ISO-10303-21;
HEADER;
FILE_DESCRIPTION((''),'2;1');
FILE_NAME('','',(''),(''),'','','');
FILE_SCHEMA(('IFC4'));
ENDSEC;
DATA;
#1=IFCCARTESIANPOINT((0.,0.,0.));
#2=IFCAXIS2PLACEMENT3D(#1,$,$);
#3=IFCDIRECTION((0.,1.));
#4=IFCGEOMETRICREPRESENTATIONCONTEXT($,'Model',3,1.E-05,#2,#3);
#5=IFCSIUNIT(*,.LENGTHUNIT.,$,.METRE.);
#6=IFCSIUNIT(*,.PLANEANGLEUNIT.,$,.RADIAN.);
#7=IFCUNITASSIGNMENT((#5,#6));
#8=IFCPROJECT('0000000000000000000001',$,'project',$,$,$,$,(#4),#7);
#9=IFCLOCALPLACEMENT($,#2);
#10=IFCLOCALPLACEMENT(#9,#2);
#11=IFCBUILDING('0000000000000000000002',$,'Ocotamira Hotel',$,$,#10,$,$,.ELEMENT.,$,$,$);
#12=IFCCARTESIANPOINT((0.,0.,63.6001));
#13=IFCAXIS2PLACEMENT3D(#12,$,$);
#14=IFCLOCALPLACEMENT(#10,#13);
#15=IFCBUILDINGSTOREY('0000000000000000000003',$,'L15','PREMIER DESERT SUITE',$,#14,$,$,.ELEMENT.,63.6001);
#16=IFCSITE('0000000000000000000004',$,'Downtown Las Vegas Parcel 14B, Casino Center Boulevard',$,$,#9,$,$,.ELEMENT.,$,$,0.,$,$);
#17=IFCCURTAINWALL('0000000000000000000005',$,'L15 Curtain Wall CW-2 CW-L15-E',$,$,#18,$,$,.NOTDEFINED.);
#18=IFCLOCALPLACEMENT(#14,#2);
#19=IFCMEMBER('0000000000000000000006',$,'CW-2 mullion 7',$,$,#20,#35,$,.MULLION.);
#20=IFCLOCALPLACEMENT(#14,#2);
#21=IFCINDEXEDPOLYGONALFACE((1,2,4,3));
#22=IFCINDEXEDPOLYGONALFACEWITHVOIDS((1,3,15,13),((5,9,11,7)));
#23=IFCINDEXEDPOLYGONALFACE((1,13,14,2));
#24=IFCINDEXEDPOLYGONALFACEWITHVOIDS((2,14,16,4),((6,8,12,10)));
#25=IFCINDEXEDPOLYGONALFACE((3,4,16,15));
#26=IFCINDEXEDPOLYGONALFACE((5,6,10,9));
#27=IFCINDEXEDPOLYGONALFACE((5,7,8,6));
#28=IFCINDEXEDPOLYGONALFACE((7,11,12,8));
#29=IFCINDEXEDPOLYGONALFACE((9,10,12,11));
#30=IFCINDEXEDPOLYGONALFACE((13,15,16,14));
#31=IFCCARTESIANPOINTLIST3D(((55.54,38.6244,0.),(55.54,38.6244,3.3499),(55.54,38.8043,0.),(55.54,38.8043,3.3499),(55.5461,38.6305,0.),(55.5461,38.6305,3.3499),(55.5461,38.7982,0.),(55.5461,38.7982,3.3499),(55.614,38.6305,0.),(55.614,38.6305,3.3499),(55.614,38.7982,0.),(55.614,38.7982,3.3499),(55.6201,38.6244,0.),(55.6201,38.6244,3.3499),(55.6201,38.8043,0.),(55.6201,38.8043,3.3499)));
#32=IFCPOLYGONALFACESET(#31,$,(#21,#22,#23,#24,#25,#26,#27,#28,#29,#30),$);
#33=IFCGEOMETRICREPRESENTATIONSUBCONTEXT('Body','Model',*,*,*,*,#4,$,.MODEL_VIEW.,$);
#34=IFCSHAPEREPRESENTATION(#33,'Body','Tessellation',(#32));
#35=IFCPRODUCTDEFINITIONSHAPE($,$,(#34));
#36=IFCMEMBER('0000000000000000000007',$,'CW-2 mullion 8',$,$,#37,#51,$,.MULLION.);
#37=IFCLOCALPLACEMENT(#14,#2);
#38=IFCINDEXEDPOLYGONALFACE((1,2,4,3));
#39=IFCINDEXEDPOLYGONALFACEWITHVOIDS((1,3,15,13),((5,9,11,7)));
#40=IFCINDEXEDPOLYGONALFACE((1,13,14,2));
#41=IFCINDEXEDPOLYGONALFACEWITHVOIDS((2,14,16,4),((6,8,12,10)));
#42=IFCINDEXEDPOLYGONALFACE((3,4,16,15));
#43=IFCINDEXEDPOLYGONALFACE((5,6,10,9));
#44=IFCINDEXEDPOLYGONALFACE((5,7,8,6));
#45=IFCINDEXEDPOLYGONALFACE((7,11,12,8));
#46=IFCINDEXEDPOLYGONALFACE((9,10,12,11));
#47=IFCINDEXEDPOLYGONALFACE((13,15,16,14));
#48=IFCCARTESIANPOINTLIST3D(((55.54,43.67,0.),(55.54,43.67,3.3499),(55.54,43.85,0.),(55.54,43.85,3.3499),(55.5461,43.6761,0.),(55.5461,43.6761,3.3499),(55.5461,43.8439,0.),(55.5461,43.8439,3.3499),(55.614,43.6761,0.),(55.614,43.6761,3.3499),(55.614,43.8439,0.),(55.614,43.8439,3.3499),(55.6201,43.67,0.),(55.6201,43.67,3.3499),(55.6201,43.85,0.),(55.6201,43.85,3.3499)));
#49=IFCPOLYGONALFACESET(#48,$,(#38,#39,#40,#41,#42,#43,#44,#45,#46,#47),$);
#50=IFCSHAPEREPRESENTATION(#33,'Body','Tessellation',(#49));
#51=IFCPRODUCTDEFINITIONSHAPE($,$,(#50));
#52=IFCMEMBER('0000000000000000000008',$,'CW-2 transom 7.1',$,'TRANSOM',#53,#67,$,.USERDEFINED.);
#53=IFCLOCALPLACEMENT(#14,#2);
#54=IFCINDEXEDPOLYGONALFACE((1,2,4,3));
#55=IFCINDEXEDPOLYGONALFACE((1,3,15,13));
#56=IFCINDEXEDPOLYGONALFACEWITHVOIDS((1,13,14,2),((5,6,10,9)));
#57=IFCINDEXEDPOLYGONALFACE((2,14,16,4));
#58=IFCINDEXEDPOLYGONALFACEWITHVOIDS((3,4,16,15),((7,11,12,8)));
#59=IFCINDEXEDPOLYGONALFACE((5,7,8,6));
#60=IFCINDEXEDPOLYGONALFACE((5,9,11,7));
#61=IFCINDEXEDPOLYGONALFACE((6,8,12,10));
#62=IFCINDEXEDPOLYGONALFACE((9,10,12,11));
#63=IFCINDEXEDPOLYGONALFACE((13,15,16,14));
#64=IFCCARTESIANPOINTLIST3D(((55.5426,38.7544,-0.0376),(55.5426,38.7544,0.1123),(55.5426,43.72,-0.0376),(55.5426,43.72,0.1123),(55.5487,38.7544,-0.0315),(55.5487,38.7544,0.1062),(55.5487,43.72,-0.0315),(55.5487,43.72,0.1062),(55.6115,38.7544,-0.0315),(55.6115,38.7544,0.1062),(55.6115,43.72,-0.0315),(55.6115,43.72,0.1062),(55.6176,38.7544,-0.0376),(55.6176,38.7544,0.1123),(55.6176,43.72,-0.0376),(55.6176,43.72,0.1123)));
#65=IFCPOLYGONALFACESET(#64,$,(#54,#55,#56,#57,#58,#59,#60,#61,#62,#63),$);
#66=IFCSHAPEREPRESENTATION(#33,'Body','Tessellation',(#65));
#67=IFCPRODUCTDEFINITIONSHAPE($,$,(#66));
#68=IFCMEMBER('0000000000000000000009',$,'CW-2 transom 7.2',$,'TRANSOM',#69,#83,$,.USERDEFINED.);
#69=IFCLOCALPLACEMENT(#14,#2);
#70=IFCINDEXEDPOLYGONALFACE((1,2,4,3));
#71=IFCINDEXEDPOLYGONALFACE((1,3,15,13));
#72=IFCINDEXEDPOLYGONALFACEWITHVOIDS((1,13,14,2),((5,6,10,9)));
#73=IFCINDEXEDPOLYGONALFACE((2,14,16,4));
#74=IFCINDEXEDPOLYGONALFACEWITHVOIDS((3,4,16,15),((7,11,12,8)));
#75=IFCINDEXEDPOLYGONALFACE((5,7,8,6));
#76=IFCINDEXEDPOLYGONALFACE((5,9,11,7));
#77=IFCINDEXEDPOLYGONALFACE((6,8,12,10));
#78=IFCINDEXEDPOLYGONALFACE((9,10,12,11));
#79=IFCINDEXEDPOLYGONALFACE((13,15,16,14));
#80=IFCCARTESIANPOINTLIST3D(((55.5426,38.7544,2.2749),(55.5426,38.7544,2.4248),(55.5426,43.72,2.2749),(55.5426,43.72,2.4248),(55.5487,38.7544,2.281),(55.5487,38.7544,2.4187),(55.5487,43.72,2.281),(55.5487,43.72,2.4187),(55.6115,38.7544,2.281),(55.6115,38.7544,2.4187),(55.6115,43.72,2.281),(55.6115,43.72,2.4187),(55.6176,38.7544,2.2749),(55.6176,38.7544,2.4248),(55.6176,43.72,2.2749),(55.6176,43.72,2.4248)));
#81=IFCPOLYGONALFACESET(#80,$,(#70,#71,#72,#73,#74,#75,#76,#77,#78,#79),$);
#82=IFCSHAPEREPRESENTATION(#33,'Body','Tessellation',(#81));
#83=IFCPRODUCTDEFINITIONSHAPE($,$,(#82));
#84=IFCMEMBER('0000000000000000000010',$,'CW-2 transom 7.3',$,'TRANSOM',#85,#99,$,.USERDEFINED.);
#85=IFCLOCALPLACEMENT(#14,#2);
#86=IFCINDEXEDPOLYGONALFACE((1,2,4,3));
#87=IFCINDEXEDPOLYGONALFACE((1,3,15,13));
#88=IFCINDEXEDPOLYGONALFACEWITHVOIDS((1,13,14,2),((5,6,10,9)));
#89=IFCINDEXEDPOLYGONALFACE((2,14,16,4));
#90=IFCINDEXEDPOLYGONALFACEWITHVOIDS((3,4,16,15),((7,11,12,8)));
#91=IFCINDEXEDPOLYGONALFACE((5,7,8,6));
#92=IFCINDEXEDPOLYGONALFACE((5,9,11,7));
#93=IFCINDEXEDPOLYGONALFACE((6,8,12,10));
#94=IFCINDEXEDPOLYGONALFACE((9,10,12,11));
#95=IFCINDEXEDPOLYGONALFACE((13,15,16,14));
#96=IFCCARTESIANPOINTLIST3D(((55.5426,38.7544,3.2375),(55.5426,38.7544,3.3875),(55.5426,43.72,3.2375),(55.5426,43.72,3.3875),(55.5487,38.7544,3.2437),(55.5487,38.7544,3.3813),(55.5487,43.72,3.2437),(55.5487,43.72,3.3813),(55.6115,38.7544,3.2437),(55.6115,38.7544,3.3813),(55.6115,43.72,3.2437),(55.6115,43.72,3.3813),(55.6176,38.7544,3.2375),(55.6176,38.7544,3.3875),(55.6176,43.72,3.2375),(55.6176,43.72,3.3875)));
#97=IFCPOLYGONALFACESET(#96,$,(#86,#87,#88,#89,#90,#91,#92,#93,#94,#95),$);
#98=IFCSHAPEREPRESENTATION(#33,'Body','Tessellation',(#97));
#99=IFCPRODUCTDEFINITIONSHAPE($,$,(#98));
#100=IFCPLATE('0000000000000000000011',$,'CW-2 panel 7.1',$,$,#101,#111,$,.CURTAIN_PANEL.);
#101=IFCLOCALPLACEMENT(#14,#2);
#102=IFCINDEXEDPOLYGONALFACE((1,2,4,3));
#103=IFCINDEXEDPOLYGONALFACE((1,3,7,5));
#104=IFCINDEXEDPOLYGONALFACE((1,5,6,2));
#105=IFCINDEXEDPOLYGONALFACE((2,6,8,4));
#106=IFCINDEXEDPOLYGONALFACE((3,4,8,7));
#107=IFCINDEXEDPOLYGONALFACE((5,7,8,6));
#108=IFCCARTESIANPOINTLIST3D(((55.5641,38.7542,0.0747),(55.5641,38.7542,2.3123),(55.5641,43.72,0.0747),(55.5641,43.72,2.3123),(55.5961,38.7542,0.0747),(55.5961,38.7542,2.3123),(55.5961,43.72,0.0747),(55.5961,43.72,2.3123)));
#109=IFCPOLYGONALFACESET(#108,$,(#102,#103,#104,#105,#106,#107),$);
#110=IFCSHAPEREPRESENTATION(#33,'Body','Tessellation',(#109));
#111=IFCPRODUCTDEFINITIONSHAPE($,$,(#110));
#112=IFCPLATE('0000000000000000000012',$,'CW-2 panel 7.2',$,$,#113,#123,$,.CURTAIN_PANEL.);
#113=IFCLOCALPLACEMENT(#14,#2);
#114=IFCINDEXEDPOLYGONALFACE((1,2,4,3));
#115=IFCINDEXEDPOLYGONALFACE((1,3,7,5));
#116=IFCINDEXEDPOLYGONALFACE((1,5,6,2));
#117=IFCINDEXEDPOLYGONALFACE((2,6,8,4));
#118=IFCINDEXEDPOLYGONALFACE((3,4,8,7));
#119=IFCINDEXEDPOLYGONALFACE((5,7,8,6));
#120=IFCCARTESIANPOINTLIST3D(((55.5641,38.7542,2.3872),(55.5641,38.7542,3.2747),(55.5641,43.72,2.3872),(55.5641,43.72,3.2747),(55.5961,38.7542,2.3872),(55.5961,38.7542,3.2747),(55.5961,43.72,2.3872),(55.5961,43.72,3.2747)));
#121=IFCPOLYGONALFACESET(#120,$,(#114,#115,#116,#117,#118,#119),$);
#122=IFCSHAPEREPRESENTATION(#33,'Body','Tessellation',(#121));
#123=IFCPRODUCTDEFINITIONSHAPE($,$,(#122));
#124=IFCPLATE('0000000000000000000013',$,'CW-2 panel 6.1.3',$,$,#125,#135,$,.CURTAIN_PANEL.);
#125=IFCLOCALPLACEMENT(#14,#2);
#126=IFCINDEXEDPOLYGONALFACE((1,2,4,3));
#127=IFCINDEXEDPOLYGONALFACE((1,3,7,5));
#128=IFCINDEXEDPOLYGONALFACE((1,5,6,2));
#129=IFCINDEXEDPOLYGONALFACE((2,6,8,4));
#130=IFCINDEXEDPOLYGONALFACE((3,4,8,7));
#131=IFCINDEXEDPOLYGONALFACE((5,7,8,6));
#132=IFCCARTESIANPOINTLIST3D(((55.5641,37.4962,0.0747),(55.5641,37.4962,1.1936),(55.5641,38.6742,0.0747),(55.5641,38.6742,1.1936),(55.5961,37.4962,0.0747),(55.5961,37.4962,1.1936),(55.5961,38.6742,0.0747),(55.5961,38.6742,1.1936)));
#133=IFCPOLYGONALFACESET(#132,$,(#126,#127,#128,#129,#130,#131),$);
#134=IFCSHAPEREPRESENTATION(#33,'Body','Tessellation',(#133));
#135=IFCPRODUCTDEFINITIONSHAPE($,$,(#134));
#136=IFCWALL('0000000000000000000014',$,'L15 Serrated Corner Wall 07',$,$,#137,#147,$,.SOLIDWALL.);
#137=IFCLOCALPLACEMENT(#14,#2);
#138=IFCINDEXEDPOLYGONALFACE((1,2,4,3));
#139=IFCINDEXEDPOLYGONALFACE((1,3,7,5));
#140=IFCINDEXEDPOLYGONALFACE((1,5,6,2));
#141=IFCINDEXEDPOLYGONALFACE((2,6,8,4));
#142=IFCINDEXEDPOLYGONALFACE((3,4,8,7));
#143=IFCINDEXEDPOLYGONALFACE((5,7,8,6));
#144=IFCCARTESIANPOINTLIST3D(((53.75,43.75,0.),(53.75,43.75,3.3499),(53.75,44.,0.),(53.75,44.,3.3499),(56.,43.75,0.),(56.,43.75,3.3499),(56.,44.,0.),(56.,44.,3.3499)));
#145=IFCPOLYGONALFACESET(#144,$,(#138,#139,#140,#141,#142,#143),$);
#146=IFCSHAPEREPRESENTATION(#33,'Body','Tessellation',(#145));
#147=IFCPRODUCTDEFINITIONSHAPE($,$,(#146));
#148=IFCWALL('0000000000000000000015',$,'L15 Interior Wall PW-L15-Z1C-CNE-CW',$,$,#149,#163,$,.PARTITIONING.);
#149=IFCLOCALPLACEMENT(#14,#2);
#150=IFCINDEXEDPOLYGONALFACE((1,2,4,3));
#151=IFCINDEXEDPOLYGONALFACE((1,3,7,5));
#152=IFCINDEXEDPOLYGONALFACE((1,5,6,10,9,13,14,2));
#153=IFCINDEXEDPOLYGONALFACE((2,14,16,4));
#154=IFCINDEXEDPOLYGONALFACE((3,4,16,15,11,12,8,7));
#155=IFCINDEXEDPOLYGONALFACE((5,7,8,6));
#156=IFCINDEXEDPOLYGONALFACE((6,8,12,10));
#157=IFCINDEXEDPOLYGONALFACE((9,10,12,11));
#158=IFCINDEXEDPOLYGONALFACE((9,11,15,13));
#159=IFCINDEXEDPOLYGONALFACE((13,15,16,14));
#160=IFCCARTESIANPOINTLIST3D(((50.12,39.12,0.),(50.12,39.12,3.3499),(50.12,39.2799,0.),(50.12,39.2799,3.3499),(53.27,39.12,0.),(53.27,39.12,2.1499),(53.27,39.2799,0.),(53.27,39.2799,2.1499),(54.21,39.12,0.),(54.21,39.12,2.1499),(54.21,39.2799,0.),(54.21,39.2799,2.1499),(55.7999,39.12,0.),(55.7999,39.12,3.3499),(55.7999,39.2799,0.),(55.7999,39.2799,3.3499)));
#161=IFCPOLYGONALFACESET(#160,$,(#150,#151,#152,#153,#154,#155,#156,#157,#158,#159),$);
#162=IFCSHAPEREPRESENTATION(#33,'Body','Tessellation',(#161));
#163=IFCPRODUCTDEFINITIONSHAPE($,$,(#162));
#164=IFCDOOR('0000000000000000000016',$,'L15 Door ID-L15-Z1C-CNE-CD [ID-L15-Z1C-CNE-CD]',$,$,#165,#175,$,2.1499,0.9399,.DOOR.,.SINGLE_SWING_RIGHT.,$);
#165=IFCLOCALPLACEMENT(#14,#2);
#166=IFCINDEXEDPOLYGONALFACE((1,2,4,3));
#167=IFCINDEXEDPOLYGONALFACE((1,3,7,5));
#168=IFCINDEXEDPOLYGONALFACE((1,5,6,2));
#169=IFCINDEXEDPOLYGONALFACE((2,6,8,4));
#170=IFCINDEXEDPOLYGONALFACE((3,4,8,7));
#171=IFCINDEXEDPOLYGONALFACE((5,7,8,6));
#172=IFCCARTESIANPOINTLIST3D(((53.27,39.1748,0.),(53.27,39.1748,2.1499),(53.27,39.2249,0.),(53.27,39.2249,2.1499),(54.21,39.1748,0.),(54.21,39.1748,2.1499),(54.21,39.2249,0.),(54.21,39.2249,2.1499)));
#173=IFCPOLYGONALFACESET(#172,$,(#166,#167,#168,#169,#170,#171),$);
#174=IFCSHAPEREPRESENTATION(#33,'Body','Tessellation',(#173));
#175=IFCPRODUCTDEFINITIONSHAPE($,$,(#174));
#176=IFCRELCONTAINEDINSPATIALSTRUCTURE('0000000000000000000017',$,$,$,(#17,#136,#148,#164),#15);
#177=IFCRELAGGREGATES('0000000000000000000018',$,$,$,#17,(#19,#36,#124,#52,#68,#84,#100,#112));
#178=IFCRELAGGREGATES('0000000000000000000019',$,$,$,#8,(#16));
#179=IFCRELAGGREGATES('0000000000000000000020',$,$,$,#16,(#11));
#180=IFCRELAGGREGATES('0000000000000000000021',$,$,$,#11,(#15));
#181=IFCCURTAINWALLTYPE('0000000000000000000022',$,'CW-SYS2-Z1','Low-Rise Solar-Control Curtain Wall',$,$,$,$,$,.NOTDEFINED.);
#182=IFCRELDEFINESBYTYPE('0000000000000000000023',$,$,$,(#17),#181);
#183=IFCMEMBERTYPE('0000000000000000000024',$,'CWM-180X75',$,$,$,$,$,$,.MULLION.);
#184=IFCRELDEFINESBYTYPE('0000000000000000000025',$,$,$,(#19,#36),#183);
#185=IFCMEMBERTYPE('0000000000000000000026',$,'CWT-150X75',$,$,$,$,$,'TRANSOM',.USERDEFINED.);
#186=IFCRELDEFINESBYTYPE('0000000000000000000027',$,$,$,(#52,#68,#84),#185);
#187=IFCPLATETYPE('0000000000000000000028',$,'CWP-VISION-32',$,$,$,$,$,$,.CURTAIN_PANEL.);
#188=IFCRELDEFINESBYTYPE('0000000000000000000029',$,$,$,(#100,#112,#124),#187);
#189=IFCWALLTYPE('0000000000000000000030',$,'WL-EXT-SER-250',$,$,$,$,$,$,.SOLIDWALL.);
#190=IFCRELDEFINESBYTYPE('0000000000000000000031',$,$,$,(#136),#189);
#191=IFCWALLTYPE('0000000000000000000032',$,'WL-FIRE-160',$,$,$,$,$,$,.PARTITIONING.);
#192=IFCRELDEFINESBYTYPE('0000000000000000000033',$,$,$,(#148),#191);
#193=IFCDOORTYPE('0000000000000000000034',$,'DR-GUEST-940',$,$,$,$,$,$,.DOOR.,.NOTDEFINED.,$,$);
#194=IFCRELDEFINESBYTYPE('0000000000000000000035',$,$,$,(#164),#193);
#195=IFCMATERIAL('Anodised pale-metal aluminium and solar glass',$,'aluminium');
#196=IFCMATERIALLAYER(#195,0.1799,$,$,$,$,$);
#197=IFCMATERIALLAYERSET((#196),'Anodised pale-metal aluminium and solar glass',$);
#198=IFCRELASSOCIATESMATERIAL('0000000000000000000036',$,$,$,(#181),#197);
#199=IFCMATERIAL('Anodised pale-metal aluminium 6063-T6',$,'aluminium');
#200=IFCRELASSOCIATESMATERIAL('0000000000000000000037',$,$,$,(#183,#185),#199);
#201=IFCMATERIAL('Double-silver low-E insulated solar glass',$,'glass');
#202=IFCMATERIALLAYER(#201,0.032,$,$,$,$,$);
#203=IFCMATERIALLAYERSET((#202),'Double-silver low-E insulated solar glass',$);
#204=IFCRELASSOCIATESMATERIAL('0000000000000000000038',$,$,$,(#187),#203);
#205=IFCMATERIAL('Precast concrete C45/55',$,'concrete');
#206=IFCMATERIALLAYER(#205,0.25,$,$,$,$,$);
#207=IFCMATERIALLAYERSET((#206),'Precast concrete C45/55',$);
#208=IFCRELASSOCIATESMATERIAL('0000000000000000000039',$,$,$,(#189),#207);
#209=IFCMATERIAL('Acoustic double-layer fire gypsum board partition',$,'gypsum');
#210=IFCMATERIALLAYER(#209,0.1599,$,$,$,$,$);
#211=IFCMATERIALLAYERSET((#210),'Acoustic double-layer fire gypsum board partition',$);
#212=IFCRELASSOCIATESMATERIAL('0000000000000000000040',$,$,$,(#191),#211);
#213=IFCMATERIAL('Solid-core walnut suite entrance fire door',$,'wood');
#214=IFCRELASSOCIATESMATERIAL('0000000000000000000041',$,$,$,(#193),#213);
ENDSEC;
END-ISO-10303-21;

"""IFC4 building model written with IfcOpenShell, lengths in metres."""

from ifc_helpers import new_model, si_unit, direction, frame, frame_2d, origin, origin_2d, place, context, subcontext, project, spatial, rectangle, hollow_rectangle, extrude, source, transform, mapped, material, layer, layer_set, material_profile, profile_set, type_object, element, fill, aggregate, save


model = new_model("IFC4")

# Units and contexts
model_context = context("Model", 3, precision=1e-05, world=origin(), true_north=direction((0.0, 1.0)))
body_context = subcontext(model_context, "Body", "Model", "MODEL_VIEW")
ifc_project = project(units=[si_unit("LENGTHUNIT", "METRE"), si_unit("PLANEANGLEUNIT", "RADIAN")], contexts=[model_context])

# Site, building, storey
site_placement = place(None, origin())
site = spatial("IfcSite", under=ifc_project, at=site_placement, Name="Downtown Las Vegas Parcel 14B, Casino Center Boulevard", CompositionType="ELEMENT", RefElevation=0.0)
building_placement = place(site_placement, origin())
building = spatial("IfcBuilding", under=site, at=building_placement, Name="Ocotamira Hotel", CompositionType="ELEMENT")
storey_placement = place(building_placement, frame((0.0, 0.0, 63.6001)))
storey = spatial("IfcBuildingStorey", under=building, at=storey_placement, Name="L15", Description="PREMIER DESERT SUITE", CompositionType="ELEMENT", Elevation=63.6001)

# Curtain wall, members, plates
ifc_material_1 = material(Name="Anodised pale-metal aluminium and solar glass", Category="aluminium")
ifc_layer_1 = layer(ifc_material_1, 0.1799)
ifc_layer_set_1 = layer_set([ifc_layer_1], Name="Anodised pale-metal aluminium and solar glass")
curtain_wall_type = type_object("IfcCurtainWallType", Name="CW-SYS2-Z1", Description="Low-Rise Solar-Control Curtain Wall", PredefinedType="NOTDEFINED", material=ifc_layer_set_1)
curtain_wall_placement = place(storey_placement, origin())
curtain_wall = element("IfcCurtainWall", 1, at=curtain_wall_placement, inside=storey, type_object=curtain_wall_type, Name="L15 Curtain Wall CW-2 CW-L15-E", PredefinedType="NOTDEFINED")
ifc_material_2 = material(Name="Anodised pale-metal aluminium 6063-T6", Category="aluminium")
ifc_material_profile_1 = material_profile(ifc_material_2, hollow_rectangle(XDim=0.0801, YDim=0.1799, WallThickness=0.0061, at=origin_2d()), Name="HSS180X80X6")
ifc_profile_set_1 = profile_set([ifc_material_profile_1], Name="Anodised pale-metal aluminium 6063-T6")
member_type_1 = type_object("IfcMemberType", Name="CWM-180X75", PredefinedType="MULLION", material=ifc_profile_set_1)
shared_shape_1 = source(origin(), body_context, "Body", "SweptSolid", [
    extrude(hollow_rectangle(XDim=0.0801, YDim=0.1799, WallThickness=0.0061, at=origin_2d()), origin(), (0.0, 0.0, 1.0), 3.3499),
])
member_1_placement = place(storey_placement, frame((55.5801, 38.7144, 0.0), z_axis=(0.0, 0.0, 1.0), x_axis=(-1.0, 0.0, 0.0)))
member_1 = element("IfcMember", 2, at=member_1_placement, type_object=member_type_1, Name="CW-2 mullion 7", PredefinedType="MULLION", context=body_context, shape_type="MappedRepresentation", body=[
    mapped(shared_shape_1, transform((0.0, 0.0, 0.0), scale=1.0)),
])
member_2_placement = place(storey_placement, frame((55.5801, 43.76, 0.0), z_axis=(0.0, 0.0, 1.0), x_axis=(-1.0, 0.0, 0.0)))
member_2 = element("IfcMember", 3, at=member_2_placement, type_object=member_type_1, Name="CW-2 mullion 8", PredefinedType="MULLION", context=body_context, shape_type="MappedRepresentation", body=[
    mapped(shared_shape_1, transform((0.0, 0.0, 0.0), scale=1.0)),
])
ifc_material_profile_2 = material_profile(ifc_material_2, hollow_rectangle(XDim=0.075, YDim=0.1499, WallThickness=0.0061, at=origin_2d()), Name="HSS150X75X6")
ifc_profile_set_2 = profile_set([ifc_material_profile_2], Name="Anodised pale-metal aluminium 6063-T6")
member_type_2 = type_object("IfcMemberType", Name="CWT-150X75", ElementType="TRANSOM", PredefinedType="USERDEFINED", material=ifc_profile_set_2)
shared_shape_2 = source(origin(), body_context, "Body", "SweptSolid", [
    extrude(hollow_rectangle(XDim=0.075, YDim=0.1499, WallThickness=0.0061, at=origin_2d()), origin(), (0.0, 0.0, 1.0), 4.9656),
])
member_3_placement = place(storey_placement, frame((55.5801, 38.7544, 0.0374), z_axis=(0.0, 1.0, 0.0), x_axis=(-1.0, 0.0, 0.0)))
member_3 = element("IfcMember", 4, at=member_3_placement, type_object=member_type_2, Name="CW-2 transom 7.1", ObjectType="TRANSOM", PredefinedType="USERDEFINED", context=body_context, shape_type="MappedRepresentation", body=[
    mapped(shared_shape_2, transform((0.0, 0.0, 0.0), scale=1.0)),
])
member_4_placement = place(storey_placement, frame((55.5801, 38.7544, 2.3499), z_axis=(0.0, 1.0, 0.0), x_axis=(-1.0, 0.0, 0.0)))
member_4 = element("IfcMember", 5, at=member_4_placement, type_object=member_type_2, Name="CW-2 transom 7.2", ObjectType="TRANSOM", PredefinedType="USERDEFINED", context=body_context, shape_type="MappedRepresentation", body=[
    mapped(shared_shape_2, transform((0.0, 0.0, 0.0), scale=1.0)),
])
member_5_placement = place(storey_placement, frame((55.5801, 38.7544, 3.3125), z_axis=(0.0, 1.0, 0.0), x_axis=(-1.0, 0.0, 0.0)))
member_5 = element("IfcMember", 6, at=member_5_placement, type_object=member_type_2, Name="CW-2 transom 7.3", ObjectType="TRANSOM", PredefinedType="USERDEFINED", context=body_context, shape_type="MappedRepresentation", body=[
    mapped(shared_shape_2, transform((0.0, 0.0, 0.0), scale=1.0)),
])
ifc_material_3 = material(Name="Double-silver low-E insulated solar glass", Category="glass")
ifc_layer_2 = layer(ifc_material_3, 0.032)
ifc_layer_set_2 = layer_set([ifc_layer_2], Name="Double-silver low-E insulated solar glass")
plate_type = type_object("IfcPlateType", Name="CWP-VISION-32", PredefinedType="CURTAIN_PANEL", material=ifc_layer_set_2)
shared_shape_3 = source(origin(), body_context, "Body", "SweptSolid", [
    extrude(rectangle(XDim=4.9658, YDim=0.032, at=origin_2d()), origin(), (0.0, 0.0, 1.0), 2.2375),
])
plate_1_placement = place(storey_placement, frame((55.5801, 41.2371, 0.0747), z_axis=(0.0, 0.0, 1.0), x_axis=(0.0, 1.0, 0.0)))
plate_1 = element("IfcPlate", 7, at=plate_1_placement, type_object=plate_type, Name="CW-2 panel 7.1", PredefinedType="CURTAIN_PANEL", context=body_context, shape_type="MappedRepresentation", body=[
    mapped(shared_shape_3, transform((0.0, 0.0, 0.0), scale=1.0)),
])
shared_shape_4 = source(origin(), body_context, "Body", "SweptSolid", [
    extrude(rectangle(XDim=4.9658, YDim=0.032, at=origin_2d()), origin(), (0.0, 0.0, 1.0), 0.8875),
])
plate_2_placement = place(storey_placement, frame((55.5801, 41.2371, 2.3872), z_axis=(0.0, 0.0, 1.0), x_axis=(0.0, 1.0, 0.0)))
plate_2 = element("IfcPlate", 8, at=plate_2_placement, type_object=plate_type, Name="CW-2 panel 7.2", PredefinedType="CURTAIN_PANEL", context=body_context, shape_type="MappedRepresentation", body=[
    mapped(shared_shape_4, transform((0.0, 0.0, 0.0), scale=1.0)),
])
shared_shape_5 = source(origin(), body_context, "Body", "SweptSolid", [
    extrude(rectangle(XDim=1.178, YDim=0.032, at=origin_2d()), origin(), (0.0, 0.0, 1.0), 1.1189),
])
plate_3_placement = place(storey_placement, frame((55.5801, 38.0852, 0.0747), z_axis=(0.0, 0.0, 1.0), x_axis=(0.0, 1.0, 0.0)))
plate_3 = element("IfcPlate", 9, at=plate_3_placement, type_object=plate_type, Name="CW-2 panel 6.1.3", PredefinedType="CURTAIN_PANEL", context=body_context, shape_type="MappedRepresentation", body=[
    mapped(shared_shape_5, transform((0.0, 0.0, 0.0), scale=1.0)),
])
aggregate(curtain_wall, [member_1, member_2, plate_3, member_3, member_4, member_5, plate_1, plate_2])

# Wall
ifc_material_4 = material(Name="Precast concrete C45/55", Category="concrete")
ifc_layer_3 = layer(ifc_material_4, 0.25)
ifc_layer_set_3 = layer_set([ifc_layer_3], Name="Precast concrete C45/55")
wall_type_1 = type_object("IfcWallType", Name="WL-EXT-SER-250", PredefinedType="SOLIDWALL", material=ifc_layer_set_3)
wall_1_placement = place(storey_placement, frame((56.0, 43.875, 0.0), z_axis=(0.0, 0.0, 1.0), x_axis=(-1.0, 0.0, 0.0)))
element("IfcWall", 10, at=wall_1_placement, inside=storey, type_object=wall_type_1, Name="L15 Serrated Corner Wall 07", PredefinedType="SOLIDWALL", context=body_context, shape_type="SweptSolid", body=[
    extrude(rectangle(XDim=2.25, YDim=0.25, at=frame_2d((1.125, 0.0))), origin(), (0.0, 0.0, 1.0), 3.3499),
])

# Wall, opening, door
ifc_material_5 = material(Name="Acoustic double-layer fire gypsum board partition", Category="gypsum")
ifc_layer_4 = layer(ifc_material_5, 0.1599)
ifc_layer_set_4 = layer_set([ifc_layer_4], Name="Acoustic double-layer fire gypsum board partition")
wall_type_2 = type_object("IfcWallType", Name="WL-FIRE-160", PredefinedType="PARTITIONING", material=ifc_layer_set_4)
wall_2_placement = place(storey_placement, frame((50.1201, 39.2, 0.0), z_axis=(0.0, 0.0, 1.0), x_axis=(1.0, 0.0, 0.0)))
wall_2 = element("IfcWall", 11, at=wall_2_placement, inside=storey, type_object=wall_type_2, Name="L15 Interior Wall PW-L15-Z1C-CNE-CW", PredefinedType="PARTITIONING", context=body_context, shape_type="SweptSolid", body=[
    extrude(rectangle(XDim=5.6799, YDim=0.1599, at=frame_2d((2.8398, 0.0))), origin(), (0.0, 0.0, 1.0), 3.3499),
])
opening_1_placement = place(wall_2_placement, frame((3.1499, 0.0, 0.0)))
opening_1 = element("IfcOpeningElement", 12, at=opening_1_placement, cuts=wall_2, PredefinedType="OPENING", context=body_context, shape_type="SweptSolid", body=[
    extrude(rectangle(XDim=0.9399, YDim=2.1499, at=frame_2d((0.47, 1.075))), frame((0.0, 0.0898, 0.0), z_axis=(0.0, -1.0, 0.0), x_axis=(1.0, 0.0, 0.0)), (0.0, 0.0, 1.0), 0.1799),
])
ifc_material_6 = material(Name="Solid-core walnut suite entrance fire door", Category="wood")
door_type_1 = type_object("IfcDoorType", Name="DR-GUEST-940", OperationType="NOTDEFINED", PredefinedType="DOOR", material=ifc_material_6)
shared_shape_6 = source(origin(), body_context, "Body", "SweptSolid", [
    extrude(rectangle(XDim=0.9399, YDim=2.1499, at=frame_2d((0.47, 1.075))), frame((0.0, 0.0249, 0.0), z_axis=(0.0, -1.0, 0.0), x_axis=(1.0, 0.0, 0.0)), (0.0, 0.0, 1.0), 0.05),
])
door_1_placement = place(opening_1_placement, origin())
door_1 = element("IfcDoor", 13, at=door_1_placement, inside=storey, type_object=door_type_1, Name="L15 Door ID-L15-Z1C-CNE-CD [ID-L15-Z1C-CNE-CD]", OperationType="SINGLE_SWING_RIGHT", OverallHeight=2.1499, OverallWidth=0.9399, PredefinedType="DOOR", context=body_context, shape_type="MappedRepresentation", body=[
    mapped(shared_shape_6, transform((0.0, 0.0, 0.0), scale=1.0)),
])
fill(opening_1, door_1)

save(model, "model.ifc")
